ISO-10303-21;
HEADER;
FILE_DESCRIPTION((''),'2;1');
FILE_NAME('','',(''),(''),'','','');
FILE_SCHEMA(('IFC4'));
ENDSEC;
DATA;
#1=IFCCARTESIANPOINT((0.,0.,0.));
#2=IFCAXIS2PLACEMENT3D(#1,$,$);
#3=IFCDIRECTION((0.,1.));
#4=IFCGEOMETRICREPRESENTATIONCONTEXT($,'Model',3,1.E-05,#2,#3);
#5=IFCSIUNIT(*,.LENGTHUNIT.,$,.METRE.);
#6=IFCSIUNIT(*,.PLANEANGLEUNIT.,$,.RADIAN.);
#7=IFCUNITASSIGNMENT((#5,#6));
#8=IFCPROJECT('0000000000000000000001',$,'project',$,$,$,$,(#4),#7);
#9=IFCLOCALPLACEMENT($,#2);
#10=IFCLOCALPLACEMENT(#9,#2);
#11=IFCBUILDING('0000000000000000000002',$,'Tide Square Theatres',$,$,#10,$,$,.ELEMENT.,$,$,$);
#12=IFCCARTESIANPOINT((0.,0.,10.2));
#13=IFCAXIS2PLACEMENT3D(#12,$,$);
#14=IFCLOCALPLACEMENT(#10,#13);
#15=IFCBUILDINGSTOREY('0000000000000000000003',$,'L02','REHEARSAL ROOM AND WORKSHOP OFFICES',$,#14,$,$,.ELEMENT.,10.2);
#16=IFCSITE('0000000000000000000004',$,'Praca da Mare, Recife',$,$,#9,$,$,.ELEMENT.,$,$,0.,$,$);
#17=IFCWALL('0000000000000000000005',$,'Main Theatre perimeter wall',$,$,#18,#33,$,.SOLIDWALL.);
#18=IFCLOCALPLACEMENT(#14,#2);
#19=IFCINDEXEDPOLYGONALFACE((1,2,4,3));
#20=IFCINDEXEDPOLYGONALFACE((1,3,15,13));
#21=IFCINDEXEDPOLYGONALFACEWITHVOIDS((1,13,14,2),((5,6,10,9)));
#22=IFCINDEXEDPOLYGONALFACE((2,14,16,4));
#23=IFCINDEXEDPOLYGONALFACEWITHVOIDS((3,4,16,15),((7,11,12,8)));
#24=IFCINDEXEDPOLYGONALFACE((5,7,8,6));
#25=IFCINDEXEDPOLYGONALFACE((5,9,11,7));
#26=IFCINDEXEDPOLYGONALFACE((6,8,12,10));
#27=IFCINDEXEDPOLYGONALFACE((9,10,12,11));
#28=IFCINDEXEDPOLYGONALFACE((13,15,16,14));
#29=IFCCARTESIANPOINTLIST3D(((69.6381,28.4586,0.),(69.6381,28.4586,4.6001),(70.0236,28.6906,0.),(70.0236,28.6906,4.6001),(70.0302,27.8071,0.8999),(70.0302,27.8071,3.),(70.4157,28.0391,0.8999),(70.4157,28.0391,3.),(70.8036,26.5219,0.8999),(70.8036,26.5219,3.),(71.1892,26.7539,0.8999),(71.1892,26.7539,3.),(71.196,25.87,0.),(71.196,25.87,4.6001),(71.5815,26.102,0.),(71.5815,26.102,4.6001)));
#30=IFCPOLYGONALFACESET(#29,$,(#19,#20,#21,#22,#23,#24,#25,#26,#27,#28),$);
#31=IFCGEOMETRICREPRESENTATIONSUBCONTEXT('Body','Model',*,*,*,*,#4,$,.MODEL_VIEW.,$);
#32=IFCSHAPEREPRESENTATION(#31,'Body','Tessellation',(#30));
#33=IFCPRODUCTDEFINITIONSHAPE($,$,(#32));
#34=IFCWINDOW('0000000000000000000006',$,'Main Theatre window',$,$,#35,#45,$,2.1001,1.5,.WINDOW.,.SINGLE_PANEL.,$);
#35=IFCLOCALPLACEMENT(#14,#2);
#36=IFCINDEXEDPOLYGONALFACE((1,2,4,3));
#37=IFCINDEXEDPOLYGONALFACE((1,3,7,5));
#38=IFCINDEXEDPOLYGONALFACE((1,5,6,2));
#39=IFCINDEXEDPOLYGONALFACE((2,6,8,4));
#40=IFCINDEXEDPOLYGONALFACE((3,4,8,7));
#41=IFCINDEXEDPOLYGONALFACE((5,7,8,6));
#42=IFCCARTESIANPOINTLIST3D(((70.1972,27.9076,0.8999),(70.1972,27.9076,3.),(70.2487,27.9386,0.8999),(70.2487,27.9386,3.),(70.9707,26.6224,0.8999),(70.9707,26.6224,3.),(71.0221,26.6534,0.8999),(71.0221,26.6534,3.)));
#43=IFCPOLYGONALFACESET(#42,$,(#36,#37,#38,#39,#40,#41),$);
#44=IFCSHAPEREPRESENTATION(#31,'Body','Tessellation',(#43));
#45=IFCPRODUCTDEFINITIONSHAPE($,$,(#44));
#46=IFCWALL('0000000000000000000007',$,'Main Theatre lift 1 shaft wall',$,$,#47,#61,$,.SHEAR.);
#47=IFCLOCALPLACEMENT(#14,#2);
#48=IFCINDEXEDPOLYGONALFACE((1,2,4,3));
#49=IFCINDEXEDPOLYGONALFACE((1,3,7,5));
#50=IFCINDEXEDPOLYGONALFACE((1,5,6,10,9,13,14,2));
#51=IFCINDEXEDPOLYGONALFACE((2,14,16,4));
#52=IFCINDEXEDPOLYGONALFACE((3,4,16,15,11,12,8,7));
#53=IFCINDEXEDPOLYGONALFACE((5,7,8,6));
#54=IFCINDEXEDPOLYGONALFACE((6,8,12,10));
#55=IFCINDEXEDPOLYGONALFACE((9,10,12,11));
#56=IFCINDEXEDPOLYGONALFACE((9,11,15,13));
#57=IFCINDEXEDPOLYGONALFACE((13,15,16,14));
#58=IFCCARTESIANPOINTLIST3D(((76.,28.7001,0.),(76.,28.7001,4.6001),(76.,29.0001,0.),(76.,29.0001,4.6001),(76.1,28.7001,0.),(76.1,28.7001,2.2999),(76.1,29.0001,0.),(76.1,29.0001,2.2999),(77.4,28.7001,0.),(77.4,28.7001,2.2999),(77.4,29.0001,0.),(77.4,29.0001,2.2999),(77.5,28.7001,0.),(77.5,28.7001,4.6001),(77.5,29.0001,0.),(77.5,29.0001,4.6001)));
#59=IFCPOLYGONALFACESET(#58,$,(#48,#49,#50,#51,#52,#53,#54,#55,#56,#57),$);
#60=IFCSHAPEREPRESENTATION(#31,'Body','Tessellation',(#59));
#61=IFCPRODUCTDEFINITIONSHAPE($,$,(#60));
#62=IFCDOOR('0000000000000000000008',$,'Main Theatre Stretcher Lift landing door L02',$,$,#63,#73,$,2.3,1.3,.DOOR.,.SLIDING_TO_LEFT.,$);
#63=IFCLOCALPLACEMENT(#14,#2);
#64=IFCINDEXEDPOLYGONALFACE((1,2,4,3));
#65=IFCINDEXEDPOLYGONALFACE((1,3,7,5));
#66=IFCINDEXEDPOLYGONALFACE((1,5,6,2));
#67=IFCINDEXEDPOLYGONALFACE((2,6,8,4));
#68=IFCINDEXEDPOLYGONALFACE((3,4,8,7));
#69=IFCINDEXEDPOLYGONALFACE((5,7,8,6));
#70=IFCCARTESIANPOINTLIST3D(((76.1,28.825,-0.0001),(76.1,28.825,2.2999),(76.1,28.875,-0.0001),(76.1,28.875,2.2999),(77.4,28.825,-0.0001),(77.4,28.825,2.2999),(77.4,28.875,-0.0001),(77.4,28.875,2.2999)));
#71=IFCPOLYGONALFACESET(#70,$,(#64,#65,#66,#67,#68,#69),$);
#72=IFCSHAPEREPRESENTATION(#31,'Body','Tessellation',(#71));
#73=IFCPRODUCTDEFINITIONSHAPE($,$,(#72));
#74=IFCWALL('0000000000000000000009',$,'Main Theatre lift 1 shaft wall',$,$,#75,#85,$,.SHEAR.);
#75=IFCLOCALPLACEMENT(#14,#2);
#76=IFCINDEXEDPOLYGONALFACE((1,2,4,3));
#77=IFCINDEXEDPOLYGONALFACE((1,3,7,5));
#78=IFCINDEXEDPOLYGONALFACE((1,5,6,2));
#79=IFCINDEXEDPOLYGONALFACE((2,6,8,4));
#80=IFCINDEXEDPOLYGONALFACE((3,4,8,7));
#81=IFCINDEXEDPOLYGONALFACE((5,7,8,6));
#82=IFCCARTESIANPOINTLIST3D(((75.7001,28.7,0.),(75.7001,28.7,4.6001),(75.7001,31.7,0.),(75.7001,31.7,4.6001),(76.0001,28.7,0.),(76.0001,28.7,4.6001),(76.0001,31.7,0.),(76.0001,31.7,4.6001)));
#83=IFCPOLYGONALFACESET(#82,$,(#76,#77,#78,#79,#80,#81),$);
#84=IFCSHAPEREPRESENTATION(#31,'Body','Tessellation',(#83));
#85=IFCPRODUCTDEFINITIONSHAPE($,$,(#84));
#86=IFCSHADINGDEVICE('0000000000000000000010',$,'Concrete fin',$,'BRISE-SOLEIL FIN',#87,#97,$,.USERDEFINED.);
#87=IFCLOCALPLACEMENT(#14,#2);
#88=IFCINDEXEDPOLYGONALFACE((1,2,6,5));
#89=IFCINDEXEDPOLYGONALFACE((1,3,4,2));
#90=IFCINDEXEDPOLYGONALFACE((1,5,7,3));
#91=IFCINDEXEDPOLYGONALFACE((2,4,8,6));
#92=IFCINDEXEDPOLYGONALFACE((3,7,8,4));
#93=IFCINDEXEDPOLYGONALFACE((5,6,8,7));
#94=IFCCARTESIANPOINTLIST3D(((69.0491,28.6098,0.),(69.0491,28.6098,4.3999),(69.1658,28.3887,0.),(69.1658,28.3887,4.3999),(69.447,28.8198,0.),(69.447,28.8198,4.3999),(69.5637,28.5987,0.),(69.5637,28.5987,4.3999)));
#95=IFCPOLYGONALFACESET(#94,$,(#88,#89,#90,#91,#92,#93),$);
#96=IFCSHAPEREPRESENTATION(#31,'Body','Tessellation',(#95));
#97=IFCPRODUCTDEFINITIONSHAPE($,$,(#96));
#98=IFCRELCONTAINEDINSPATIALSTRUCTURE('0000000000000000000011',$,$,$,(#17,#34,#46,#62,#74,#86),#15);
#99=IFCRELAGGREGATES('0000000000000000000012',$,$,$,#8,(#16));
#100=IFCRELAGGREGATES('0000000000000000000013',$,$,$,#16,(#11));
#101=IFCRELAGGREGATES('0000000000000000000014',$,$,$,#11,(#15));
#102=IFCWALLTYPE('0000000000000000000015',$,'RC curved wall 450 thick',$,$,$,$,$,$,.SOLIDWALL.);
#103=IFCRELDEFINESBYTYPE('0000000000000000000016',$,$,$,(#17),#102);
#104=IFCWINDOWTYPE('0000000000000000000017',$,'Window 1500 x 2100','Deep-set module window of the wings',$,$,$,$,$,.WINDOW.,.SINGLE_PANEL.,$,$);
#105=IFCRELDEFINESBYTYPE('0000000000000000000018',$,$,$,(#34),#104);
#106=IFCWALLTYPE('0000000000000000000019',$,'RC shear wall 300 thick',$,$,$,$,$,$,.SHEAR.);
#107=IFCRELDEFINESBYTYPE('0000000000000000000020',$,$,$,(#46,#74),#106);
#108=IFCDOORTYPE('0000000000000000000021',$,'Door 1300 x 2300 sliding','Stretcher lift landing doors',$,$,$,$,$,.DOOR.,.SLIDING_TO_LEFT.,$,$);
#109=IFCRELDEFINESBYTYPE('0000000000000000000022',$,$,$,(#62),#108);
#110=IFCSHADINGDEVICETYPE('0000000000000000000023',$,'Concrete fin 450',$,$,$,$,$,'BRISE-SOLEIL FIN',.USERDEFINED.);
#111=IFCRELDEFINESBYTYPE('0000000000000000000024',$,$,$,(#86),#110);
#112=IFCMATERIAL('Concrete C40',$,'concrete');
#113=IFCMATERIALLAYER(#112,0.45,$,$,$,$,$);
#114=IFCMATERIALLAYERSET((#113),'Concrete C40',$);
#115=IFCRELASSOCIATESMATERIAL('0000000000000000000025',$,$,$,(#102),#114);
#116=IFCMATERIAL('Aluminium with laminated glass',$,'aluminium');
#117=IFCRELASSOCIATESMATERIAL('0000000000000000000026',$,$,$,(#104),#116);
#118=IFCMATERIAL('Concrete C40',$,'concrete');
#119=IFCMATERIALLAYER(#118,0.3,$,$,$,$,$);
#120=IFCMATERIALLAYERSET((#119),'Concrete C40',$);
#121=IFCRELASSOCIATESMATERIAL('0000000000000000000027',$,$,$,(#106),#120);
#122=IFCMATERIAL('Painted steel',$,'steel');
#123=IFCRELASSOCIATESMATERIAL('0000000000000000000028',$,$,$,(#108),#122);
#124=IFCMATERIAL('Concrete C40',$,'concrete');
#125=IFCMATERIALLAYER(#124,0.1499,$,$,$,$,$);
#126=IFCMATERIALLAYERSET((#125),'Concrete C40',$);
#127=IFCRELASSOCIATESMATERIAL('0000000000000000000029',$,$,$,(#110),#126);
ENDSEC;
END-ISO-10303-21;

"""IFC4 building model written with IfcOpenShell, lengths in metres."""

from ifc_helpers import new_model, si_unit, direction, frame, frame_2d, origin, origin_2d, place, context, subcontext, project, spatial, rectangle, extrude, material, layer, layer_set, type_object, element, fill, save


model = new_model("IFC4")

# Units and contexts
model_context = context("Model", 3, precision=1e-05, world=origin(), true_north=direction((0.0, 1.0)))
body_context = subcontext(model_context, "Body", "Model", "MODEL_VIEW")
ifc_project = project(units=[si_unit("LENGTHUNIT", "METRE"), si_unit("PLANEANGLEUNIT", "RADIAN")], contexts=[model_context])

# Site, building, storey
site_placement = place(None, origin())
site = spatial("IfcSite", under=ifc_project, at=site_placement, Name="Praca da Mare, Recife", CompositionType="ELEMENT", RefElevation=0.0)
building_placement = place(site_placement, origin())
building = spatial("IfcBuilding", under=site, at=building_placement, Name="Tide Square Theatres", CompositionType="ELEMENT")
storey_placement = place(building_placement, frame((0.0, 0.0, 10.2)))
storey = spatial("IfcBuildingStorey", under=building, at=storey_placement, Name="L02", Description="REHEARSAL ROOM AND WORKSHOP OFFICES", CompositionType="ELEMENT", Elevation=10.2)

# Wall, opening, window
ifc_material_1 = material(Name="Concrete C40", Category="concrete")
ifc_layer_1 = layer(ifc_material_1, 0.45)
ifc_layer_set_1 = layer_set([ifc_layer_1], Name="Concrete C40")
wall_type_1 = type_object("IfcWallType", Name="RC curved wall 450 thick", PredefinedType="SOLIDWALL", material=ifc_layer_set_1)
ifc_material_2 = material(Name="Aluminium with laminated glass", Category="aluminium")
window_type = type_object("IfcWindowType", Name="Window 1500 x 2100", Description="Deep-set module window of the wings", PartitioningType="SINGLE_PANEL", PredefinedType="WINDOW", material=ifc_material_2)
wall_1_placement = place(storey_placement, frame((69.8308, 28.5747, 0.0), z_axis=(0.0, 0.0, 1.0), x_axis=(0.515636, -0.856808, 0.0)))
wall_1 = element("IfcWall", 1, at=wall_1_placement, inside=storey, type_object=wall_type_1, Name="Main Theatre perimeter wall", PredefinedType="SOLIDWALL", context=body_context, shape_type="SweptSolid", body=[
    extrude(rectangle(XDim=3.0212, YDim=0.45, at=frame_2d((1.5107, 0.0))), origin(), (0.0, 0.0, 1.0), 4.6001),
])
opening_1_placement = place(wall_1_placement, frame((0.7605, 0.0, 0.8999)))
opening_1 = element("IfcOpeningElement", 2, at=opening_1_placement, cuts=wall_1, PredefinedType="OPENING", context=body_context, shape_type="SweptSolid", body=[
    extrude(rectangle(XDim=1.5, YDim=2.1001, at=frame_2d((0.75, 1.05))), frame((0.0, 0.2349, 0.0), z_axis=(0.0, -1.0, 0.0), x_axis=(1.0, 0.0, 0.0)), (0.0, 0.0, 1.0), 0.47),
])
window_1_placement = place(opening_1_placement, origin())
window_1 = element("IfcWindow", 3, at=window_1_placement, inside=storey, type_object=window_type, Name="Main Theatre window", OverallHeight=2.1001, OverallWidth=1.5, PartitioningType="SINGLE_PANEL", PredefinedType="WINDOW", context=body_context, shape_type="SweptSolid", body=[
    extrude(rectangle(XDim=1.5, YDim=2.1001, at=frame_2d((0.75, 1.05))), frame((0.0, 0.03, 0.0), z_axis=(0.0, -1.0, 0.0), x_axis=(1.0, 0.0, 0.0)), (0.0, 0.0, 1.0), 0.0601),
])
fill(opening_1, window_1)

# Wall, opening, door
ifc_material_3 = material(Name="Concrete C40", Category="concrete")
ifc_layer_2 = layer(ifc_material_3, 0.3)
ifc_layer_set_2 = layer_set([ifc_layer_2], Name="Concrete C40")
wall_type_2 = type_object("IfcWallType", Name="RC shear wall 300 thick", PredefinedType="SHEAR", material=ifc_layer_set_2)
wall_2_placement = place(storey_placement, frame((76.0, 28.8501, 0.0), z_axis=(0.0, 0.0, 1.0), x_axis=(1.0, 0.0, 0.0)))
wall_2 = element("IfcWall", 4, at=wall_2_placement, inside=storey, type_object=wall_type_2, Name="Main Theatre lift 1 shaft wall", PredefinedType="SHEAR", context=body_context, shape_type="SweptSolid", body=[
    extrude(rectangle(XDim=1.5, YDim=0.3, at=frame_2d((0.75, 0.0))), origin(), (0.0, 0.0, 1.0), 4.6001),
])
opening_2_placement = place(wall_2_placement, frame((0.1001, 0.0, 0.0)))
opening_2 = element("IfcOpeningElement", 5, at=opening_2_placement, cuts=wall_2, PredefinedType="OPENING", context=body_context, shape_type="SweptSolid", body=[
    extrude(rectangle(XDim=1.3, YDim=2.3, at=frame_2d((0.6499, 1.1499))), frame((0.0, 0.1599, 0.0), z_axis=(0.0, -1.0, 0.0), x_axis=(1.0, 0.0, 0.0)), (0.0, 0.0, 1.0), 0.3201),
])
ifc_material_4 = material(Name="Painted steel", Category="steel")
door_type_1 = type_object("IfcDoorType", Name="Door 1300 x 2300 sliding", Description="Stretcher lift landing doors", OperationType="SLIDING_TO_LEFT", PredefinedType="DOOR", material=ifc_material_4)
door_1_placement = place(opening_2_placement, origin())
door_1 = element("IfcDoor", 6, at=door_1_placement, inside=storey, type_object=door_type_1, Name="Main Theatre Stretcher Lift landing door L02", OperationType="SLIDING_TO_LEFT", OverallHeight=2.3, OverallWidth=1.3, PredefinedType="DOOR", context=body_context, shape_type="SweptSolid", body=[
    extrude(rectangle(XDim=1.3, YDim=2.3, at=frame_2d((0.6499, 1.1499))), frame((0.0, 0.0249, 0.0), z_axis=(0.0, -1.0, 0.0), x_axis=(1.0, 0.0, 0.0)), (0.0, 0.0, 1.0), 0.05),
])
fill(opening_2, door_1)

# Wall
wall_3_placement = place(storey_placement, frame((75.8501, 31.7, 0.0), z_axis=(0.0, 0.0, 1.0), x_axis=(0.0, -1.0, 0.0)))
element("IfcWall", 7, at=wall_3_placement, inside=storey, type_object=wall_type_2, Name="Main Theatre lift 1 shaft wall", PredefinedType="SHEAR", context=body_context, shape_type="SweptSolid", body=[
    extrude(rectangle(XDim=3.0, YDim=0.3, at=frame_2d((1.5, 0.0))), origin(), (0.0, 0.0, 1.0), 4.6001),
])

# Shading device
ifc_material_5 = material(Name="Concrete C40", Category="concrete")
ifc_layer_3 = layer(ifc_material_5, 0.1499)
ifc_layer_set_3 = layer_set([ifc_layer_3], Name="Concrete C40")
shading_device_type = type_object("IfcShadingDeviceType", Name="Concrete fin 450", ElementType="BRISE-SOLEIL FIN", PredefinedType="USERDEFINED", material=ifc_layer_set_3)
shading_device_placement = place(storey_placement, frame((69.3064, 28.6042, 0.0), z_axis=(0.0, 0.0, 1.0), x_axis=(0.466757, -0.884386, 0.0)))
element("IfcShadingDevice", 8, at=shading_device_placement, inside=storey, type_object=shading_device_type, Name="Concrete fin", ObjectType="BRISE-SOLEIL FIN", PredefinedType="USERDEFINED", context=body_context, shape_type="SweptSolid", body=[
    extrude(rectangle(XDim=0.25, YDim=0.45, at=origin_2d()), origin(), (0.0, 0.0, 1.0), 4.3999),
])

save(model, "model.ifc")
